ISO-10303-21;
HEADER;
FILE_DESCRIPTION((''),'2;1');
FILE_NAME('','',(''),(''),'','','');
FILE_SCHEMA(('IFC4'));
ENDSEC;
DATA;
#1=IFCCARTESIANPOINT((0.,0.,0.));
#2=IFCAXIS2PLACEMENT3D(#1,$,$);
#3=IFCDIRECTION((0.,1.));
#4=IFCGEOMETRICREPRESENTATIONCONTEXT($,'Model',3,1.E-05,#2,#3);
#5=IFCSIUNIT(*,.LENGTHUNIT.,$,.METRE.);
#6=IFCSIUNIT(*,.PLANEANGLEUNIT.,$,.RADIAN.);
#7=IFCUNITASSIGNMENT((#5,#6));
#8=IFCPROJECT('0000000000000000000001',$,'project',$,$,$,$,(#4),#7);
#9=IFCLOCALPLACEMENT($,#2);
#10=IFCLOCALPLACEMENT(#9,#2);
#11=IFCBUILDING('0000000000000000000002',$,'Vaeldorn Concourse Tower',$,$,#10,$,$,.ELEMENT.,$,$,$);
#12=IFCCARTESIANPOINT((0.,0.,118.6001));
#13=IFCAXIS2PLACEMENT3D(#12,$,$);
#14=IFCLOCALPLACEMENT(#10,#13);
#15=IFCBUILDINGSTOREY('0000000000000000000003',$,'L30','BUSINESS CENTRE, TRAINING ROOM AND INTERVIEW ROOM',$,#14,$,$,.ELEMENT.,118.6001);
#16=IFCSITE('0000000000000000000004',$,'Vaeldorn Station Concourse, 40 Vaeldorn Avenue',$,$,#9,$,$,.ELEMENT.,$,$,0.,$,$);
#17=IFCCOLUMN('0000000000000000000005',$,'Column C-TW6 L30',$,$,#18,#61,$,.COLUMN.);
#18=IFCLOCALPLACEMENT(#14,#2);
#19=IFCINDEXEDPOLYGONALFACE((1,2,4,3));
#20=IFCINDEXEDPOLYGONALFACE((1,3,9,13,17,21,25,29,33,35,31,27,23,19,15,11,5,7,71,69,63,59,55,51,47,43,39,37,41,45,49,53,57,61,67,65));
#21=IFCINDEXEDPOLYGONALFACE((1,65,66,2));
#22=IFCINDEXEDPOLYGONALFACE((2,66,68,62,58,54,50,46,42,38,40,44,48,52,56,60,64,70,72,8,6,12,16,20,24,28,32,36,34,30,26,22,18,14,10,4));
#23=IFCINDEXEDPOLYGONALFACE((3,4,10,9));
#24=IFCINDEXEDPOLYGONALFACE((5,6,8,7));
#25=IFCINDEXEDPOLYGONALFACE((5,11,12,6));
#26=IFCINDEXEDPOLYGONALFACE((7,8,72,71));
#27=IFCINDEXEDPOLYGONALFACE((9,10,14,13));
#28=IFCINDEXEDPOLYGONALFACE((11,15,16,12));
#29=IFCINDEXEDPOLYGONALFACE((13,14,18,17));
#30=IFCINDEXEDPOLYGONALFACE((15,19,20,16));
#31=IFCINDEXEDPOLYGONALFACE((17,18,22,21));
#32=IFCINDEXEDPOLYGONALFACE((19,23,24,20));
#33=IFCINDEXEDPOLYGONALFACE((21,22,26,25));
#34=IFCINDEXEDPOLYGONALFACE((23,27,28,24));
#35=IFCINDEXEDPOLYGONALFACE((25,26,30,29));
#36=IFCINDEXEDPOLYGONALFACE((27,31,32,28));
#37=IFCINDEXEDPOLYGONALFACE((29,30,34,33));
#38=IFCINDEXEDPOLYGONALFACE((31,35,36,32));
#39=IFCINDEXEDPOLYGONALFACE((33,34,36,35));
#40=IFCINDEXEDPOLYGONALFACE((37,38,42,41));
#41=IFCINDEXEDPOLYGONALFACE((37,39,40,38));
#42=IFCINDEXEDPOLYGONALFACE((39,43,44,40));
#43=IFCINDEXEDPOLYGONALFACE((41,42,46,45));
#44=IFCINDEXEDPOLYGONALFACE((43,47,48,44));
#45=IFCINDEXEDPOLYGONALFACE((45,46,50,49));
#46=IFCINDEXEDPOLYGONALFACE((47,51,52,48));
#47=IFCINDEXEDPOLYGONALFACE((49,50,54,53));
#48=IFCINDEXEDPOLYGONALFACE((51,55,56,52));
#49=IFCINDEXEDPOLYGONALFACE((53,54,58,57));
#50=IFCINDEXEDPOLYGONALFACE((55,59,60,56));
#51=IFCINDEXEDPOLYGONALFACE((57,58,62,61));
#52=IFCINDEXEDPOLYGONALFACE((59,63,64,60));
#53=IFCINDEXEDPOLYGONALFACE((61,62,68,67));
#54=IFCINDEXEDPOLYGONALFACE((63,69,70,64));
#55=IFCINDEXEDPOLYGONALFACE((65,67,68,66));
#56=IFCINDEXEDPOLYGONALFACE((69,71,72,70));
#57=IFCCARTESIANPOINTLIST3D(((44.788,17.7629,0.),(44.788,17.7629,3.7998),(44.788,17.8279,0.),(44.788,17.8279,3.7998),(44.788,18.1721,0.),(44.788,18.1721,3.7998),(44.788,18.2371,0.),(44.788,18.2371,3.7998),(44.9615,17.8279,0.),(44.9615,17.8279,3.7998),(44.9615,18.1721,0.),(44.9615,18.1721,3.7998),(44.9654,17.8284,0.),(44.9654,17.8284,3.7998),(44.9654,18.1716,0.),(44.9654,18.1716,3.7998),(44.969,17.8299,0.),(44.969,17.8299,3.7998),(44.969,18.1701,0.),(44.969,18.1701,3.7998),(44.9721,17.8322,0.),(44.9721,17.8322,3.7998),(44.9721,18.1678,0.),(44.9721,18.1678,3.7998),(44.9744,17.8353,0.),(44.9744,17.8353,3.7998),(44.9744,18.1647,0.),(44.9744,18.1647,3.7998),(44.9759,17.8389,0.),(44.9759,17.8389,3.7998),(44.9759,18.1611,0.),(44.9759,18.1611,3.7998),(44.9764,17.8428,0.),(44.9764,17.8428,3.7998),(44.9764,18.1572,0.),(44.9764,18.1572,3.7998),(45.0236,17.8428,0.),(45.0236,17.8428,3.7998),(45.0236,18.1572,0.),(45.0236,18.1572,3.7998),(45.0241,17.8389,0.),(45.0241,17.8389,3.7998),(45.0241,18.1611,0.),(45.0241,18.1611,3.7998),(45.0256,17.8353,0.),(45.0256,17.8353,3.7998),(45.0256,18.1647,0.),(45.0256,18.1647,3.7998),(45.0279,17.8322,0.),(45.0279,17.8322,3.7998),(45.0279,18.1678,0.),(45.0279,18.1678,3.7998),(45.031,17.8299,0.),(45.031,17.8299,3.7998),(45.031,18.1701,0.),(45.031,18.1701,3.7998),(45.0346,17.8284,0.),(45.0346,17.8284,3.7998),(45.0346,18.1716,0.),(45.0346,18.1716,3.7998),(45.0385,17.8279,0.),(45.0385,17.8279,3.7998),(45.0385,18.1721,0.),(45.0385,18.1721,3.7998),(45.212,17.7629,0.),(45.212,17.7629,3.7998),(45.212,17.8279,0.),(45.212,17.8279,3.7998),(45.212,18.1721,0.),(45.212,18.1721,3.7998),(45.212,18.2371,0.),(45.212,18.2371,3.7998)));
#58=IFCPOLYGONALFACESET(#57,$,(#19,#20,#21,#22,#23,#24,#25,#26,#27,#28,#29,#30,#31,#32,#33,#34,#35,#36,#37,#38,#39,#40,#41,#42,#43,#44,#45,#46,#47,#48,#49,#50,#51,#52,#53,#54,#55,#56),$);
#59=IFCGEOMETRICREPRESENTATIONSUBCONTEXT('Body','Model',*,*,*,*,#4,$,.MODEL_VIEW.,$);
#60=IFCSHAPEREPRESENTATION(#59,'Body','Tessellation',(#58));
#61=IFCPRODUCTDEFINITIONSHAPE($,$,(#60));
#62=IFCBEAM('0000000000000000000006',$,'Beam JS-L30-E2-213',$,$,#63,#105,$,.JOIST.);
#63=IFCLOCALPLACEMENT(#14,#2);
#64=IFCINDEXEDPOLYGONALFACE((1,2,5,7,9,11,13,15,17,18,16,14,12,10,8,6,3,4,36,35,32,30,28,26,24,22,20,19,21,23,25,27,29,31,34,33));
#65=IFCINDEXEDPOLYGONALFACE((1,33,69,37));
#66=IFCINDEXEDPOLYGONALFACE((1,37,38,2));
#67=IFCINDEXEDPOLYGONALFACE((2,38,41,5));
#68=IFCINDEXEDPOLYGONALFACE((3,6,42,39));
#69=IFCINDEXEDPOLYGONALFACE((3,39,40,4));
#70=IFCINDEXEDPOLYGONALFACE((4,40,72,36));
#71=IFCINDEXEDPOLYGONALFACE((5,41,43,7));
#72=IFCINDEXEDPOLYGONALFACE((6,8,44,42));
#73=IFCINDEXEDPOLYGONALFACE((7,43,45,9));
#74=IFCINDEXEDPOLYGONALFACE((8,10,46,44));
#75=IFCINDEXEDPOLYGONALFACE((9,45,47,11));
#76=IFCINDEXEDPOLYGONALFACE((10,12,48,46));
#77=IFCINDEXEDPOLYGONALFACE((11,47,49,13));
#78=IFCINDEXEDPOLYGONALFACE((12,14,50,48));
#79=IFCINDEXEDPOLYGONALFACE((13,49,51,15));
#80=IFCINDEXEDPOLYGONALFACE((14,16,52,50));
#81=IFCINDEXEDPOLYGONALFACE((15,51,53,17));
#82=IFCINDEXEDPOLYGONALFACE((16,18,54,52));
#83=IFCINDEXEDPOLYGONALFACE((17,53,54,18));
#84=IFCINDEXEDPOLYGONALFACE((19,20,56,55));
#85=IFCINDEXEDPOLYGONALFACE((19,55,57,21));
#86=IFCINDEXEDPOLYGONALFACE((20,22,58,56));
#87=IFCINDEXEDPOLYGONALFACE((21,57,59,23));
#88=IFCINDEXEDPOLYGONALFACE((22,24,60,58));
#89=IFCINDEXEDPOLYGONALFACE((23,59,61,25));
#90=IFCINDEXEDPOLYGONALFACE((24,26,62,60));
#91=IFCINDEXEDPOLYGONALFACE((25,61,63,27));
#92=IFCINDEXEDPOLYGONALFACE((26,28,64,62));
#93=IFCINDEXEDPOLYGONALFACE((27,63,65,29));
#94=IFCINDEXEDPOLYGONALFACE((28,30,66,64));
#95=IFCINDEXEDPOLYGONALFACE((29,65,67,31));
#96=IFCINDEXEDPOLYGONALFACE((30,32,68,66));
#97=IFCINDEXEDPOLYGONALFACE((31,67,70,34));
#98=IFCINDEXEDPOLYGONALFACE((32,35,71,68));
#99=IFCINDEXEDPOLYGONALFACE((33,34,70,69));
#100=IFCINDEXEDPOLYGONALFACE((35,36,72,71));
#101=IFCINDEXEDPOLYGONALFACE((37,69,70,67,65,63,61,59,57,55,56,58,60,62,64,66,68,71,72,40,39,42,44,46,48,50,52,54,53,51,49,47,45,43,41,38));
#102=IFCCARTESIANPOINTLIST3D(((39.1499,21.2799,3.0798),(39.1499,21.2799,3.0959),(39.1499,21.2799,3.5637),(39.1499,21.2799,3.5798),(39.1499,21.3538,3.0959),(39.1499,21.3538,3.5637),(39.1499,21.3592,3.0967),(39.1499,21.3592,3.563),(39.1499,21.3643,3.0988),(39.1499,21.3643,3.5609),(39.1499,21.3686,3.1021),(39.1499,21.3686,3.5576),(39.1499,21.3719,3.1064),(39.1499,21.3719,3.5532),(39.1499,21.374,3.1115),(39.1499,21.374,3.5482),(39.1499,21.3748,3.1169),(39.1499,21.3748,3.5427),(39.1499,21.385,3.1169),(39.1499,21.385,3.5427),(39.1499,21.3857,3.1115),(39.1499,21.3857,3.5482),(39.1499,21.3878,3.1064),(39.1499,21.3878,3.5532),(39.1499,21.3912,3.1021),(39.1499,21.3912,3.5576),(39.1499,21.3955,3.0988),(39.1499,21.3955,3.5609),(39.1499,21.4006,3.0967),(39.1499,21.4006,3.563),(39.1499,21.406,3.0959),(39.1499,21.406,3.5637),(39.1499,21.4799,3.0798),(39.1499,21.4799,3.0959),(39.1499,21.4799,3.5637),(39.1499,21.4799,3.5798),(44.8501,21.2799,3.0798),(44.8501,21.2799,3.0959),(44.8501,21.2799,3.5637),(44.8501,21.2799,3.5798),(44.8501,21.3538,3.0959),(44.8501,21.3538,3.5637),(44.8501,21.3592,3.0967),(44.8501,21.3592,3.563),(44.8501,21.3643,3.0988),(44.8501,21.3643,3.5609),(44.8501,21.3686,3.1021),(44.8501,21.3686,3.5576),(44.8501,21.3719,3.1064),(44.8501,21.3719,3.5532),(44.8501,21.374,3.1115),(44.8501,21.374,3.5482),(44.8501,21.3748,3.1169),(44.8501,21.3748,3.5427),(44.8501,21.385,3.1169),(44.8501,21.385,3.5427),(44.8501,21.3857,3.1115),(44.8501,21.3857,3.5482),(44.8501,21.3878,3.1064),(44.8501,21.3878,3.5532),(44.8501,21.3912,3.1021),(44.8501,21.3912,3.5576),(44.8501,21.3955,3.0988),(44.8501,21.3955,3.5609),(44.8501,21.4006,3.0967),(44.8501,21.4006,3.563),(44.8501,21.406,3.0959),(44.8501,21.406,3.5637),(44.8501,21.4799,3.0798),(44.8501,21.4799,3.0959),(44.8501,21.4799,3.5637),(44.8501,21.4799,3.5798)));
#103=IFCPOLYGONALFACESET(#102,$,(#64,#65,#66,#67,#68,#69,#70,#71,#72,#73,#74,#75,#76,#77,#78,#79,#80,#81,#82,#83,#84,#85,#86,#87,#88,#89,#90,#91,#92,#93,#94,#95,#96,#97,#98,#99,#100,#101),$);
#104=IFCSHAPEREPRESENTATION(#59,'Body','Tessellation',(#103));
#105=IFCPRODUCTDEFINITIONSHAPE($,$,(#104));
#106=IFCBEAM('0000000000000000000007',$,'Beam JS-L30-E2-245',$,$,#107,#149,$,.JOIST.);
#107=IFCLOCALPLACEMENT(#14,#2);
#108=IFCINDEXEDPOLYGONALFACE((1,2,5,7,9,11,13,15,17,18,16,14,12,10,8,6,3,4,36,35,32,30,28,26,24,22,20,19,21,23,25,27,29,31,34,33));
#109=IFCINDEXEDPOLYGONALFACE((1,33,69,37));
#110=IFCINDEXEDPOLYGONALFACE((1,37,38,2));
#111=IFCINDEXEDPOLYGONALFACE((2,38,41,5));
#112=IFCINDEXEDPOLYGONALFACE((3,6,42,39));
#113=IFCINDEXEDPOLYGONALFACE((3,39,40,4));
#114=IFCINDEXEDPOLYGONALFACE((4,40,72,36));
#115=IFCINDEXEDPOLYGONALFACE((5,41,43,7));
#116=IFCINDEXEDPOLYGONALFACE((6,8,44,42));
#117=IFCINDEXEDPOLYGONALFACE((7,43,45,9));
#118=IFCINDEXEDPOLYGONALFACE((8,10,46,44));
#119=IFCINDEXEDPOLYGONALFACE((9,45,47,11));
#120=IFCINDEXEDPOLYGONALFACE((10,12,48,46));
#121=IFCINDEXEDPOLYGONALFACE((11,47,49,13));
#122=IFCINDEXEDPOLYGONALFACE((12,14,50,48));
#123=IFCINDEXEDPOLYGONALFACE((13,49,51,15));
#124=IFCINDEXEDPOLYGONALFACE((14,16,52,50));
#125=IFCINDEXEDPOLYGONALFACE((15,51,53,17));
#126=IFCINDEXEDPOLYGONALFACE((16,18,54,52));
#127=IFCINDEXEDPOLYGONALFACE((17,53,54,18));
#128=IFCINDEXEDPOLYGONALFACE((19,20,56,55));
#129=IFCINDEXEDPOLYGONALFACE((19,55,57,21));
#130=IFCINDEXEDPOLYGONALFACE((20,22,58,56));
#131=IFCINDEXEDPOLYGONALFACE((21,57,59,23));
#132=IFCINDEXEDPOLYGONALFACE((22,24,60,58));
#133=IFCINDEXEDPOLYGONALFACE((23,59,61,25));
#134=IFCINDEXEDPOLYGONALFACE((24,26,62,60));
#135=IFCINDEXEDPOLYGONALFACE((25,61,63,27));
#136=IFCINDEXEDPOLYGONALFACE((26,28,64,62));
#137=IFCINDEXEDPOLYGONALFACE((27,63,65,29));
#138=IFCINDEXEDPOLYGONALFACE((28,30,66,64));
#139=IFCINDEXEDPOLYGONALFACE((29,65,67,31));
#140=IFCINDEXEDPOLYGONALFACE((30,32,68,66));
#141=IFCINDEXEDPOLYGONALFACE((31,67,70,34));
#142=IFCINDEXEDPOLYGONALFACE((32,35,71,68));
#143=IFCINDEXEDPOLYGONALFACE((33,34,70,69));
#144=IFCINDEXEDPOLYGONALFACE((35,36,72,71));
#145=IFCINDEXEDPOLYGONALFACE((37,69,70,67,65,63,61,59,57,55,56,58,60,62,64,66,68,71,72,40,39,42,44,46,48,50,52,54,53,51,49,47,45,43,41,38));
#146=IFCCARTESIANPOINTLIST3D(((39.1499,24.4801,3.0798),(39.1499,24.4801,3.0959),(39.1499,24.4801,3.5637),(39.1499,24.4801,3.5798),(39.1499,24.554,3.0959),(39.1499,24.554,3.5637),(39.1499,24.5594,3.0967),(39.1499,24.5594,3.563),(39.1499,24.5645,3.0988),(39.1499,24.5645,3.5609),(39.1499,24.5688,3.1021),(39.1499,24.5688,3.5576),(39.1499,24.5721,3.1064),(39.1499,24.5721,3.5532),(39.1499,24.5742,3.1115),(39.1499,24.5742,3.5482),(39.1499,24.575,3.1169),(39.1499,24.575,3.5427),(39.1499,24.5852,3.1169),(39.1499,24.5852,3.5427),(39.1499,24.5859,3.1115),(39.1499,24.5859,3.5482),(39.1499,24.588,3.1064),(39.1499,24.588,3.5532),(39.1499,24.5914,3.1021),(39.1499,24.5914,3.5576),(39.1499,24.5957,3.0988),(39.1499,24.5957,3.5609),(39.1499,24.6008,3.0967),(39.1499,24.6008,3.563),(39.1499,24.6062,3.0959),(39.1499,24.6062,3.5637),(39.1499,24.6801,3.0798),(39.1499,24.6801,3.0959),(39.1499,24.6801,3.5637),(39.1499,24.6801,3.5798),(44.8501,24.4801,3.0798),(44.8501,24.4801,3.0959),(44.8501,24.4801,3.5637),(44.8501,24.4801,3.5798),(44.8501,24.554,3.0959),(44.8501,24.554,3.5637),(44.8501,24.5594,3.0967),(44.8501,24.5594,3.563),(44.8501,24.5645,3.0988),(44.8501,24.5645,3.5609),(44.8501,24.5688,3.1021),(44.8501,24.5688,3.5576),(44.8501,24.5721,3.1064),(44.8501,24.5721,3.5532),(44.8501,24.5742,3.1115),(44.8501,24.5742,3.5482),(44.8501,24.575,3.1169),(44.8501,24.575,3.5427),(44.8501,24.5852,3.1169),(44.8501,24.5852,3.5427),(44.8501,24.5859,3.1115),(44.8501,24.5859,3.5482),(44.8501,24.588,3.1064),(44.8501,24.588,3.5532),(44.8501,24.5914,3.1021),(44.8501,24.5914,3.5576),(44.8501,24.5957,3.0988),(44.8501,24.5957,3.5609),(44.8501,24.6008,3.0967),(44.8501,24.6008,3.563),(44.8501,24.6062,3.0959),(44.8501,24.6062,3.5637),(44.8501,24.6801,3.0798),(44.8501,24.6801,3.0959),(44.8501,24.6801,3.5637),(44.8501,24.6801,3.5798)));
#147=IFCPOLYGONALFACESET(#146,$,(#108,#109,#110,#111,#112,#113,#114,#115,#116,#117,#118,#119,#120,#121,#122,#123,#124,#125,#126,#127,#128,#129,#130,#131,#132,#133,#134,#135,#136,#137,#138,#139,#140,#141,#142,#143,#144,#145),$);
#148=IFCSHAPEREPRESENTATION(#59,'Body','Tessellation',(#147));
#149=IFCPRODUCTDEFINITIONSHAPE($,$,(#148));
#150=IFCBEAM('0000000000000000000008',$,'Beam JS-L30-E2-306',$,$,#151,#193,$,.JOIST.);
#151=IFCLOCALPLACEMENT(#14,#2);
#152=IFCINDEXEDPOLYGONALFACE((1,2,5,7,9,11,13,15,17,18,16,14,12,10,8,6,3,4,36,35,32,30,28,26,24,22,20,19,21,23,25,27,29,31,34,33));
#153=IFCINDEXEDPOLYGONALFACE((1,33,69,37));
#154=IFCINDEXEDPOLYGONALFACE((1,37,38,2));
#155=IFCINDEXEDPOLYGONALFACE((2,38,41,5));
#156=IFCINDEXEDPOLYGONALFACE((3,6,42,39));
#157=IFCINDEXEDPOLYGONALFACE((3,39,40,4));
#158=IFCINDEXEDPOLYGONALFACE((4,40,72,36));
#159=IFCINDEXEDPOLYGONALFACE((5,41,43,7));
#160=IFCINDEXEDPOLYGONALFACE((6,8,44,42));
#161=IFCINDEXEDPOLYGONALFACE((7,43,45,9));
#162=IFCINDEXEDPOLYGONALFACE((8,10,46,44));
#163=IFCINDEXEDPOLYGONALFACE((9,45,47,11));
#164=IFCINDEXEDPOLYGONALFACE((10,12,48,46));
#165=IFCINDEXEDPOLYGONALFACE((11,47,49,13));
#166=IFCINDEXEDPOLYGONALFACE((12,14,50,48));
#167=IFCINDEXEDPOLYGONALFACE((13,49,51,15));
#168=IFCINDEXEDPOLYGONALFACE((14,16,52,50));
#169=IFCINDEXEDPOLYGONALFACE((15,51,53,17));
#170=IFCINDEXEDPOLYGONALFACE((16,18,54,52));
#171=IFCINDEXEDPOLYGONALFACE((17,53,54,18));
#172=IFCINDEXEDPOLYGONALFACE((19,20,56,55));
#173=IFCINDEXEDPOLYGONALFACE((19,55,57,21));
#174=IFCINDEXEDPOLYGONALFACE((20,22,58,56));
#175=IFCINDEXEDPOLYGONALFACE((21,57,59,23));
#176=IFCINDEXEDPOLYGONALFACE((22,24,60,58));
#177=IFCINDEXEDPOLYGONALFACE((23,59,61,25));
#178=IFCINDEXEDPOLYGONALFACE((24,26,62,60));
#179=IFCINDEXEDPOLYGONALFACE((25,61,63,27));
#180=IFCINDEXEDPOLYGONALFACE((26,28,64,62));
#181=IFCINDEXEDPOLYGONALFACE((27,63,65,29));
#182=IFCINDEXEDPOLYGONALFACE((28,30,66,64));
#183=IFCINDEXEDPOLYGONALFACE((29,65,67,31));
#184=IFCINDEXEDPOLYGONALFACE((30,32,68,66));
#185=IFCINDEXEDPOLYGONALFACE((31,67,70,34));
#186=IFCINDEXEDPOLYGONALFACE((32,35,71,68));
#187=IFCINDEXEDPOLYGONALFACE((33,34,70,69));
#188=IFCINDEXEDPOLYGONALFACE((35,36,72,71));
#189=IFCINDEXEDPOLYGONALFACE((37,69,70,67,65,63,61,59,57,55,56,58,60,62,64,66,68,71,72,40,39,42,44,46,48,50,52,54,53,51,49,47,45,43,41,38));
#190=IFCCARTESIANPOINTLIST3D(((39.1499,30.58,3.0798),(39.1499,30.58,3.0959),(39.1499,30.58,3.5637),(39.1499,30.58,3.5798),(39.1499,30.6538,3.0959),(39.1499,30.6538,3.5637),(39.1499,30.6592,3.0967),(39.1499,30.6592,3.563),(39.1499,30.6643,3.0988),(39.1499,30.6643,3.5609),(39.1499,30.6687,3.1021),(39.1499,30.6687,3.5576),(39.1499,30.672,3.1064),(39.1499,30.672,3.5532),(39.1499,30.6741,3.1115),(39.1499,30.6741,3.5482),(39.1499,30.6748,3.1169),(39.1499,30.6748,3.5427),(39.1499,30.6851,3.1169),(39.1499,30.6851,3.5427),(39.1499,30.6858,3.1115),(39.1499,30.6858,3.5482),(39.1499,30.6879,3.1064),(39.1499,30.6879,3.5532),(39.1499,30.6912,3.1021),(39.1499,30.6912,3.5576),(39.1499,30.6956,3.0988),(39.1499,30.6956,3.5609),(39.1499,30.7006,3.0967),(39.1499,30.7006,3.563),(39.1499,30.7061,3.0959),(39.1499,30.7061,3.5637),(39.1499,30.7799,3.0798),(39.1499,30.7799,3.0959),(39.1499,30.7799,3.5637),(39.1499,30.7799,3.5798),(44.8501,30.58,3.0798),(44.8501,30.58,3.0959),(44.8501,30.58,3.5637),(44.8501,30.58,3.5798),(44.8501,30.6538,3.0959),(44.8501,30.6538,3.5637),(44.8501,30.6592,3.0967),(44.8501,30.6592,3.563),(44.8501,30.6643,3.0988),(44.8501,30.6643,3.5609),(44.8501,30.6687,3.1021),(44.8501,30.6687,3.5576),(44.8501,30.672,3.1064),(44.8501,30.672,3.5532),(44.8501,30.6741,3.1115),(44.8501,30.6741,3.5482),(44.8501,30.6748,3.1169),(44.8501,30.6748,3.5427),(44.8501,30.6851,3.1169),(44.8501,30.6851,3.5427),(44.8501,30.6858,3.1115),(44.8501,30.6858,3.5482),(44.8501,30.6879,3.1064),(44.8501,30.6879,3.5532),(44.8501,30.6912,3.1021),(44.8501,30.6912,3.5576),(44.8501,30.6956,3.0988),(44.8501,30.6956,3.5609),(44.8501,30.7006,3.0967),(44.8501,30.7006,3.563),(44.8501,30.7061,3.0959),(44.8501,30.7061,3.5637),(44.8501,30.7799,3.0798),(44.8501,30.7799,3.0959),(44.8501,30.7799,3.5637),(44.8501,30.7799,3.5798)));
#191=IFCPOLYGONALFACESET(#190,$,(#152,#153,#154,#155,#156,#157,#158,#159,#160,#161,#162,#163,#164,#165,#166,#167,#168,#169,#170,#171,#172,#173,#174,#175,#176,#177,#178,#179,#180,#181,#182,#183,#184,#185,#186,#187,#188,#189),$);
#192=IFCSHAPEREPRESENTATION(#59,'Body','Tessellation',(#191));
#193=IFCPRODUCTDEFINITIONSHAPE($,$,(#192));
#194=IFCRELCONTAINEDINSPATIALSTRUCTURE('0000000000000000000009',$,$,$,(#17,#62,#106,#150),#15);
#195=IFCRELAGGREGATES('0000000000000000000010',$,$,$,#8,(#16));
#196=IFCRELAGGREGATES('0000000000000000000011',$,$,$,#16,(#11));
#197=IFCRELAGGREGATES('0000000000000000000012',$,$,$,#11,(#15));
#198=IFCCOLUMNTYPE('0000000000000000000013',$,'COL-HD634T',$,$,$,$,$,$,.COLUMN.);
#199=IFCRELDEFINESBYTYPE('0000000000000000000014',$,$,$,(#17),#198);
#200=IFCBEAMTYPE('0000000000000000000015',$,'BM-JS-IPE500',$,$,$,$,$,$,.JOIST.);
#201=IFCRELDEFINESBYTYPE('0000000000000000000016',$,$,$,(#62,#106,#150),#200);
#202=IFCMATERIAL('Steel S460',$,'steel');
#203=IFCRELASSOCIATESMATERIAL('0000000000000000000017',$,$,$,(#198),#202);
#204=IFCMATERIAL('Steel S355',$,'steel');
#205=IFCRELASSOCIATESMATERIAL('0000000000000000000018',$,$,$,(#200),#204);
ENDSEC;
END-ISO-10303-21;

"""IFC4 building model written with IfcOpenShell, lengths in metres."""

from ifc_helpers import new_model, si_unit, direction, frame, origin, origin_2d, place, context, subcontext, project, spatial, i_section, extrude, source, transform, mapped, material, material_profile, profile_set, type_object, element, save


model = new_model("IFC4")

# Units and contexts
model_context = context("Model", 3, precision=1e-05, world=origin(), true_north=direction((0.0, 1.0)))
body_context = subcontext(model_context, "Body", "Model", "MODEL_VIEW")
ifc_project = project(units=[si_unit("LENGTHUNIT", "METRE"), si_unit("PLANEANGLEUNIT", "RADIAN")], contexts=[model_context])

# Site, building, storey
site_placement = place(None, origin())
site = spatial("IfcSite", under=ifc_project, at=site_placement, Name="Vaeldorn Station Concourse, 40 Vaeldorn Avenue", CompositionType="ELEMENT", RefElevation=0.0)
building_placement = place(site_placement, origin())
building = spatial("IfcBuilding", under=site, at=building_placement, Name="Vaeldorn Concourse Tower", CompositionType="ELEMENT")
storey_placement = place(building_placement, frame((0.0, 0.0, 118.6001)))
storey = spatial("IfcBuildingStorey", under=building, at=storey_placement, Name="L30", Description="BUSINESS CENTRE, TRAINING ROOM AND INTERVIEW ROOM", CompositionType="ELEMENT", Elevation=118.6001)

# Column
ifc_material_1 = material(Name="Steel S460", Category="steel")
ifc_material_profile_1 = material_profile(ifc_material_1, i_section(OverallWidth=0.4241, OverallDepth=0.4741, WebThickness=0.0471, FlangeThickness=0.0649, FilletRadius=0.0149, at=origin_2d()), Name="HD 400x634")
ifc_profile_set_1 = profile_set([ifc_material_profile_1], Name="Steel S460")
column_type_1 = type_object("IfcColumnType", Name="COL-HD634T", PredefinedType="COLUMN", material=ifc_profile_set_1)
shared_shape_1 = source(origin(), body_context, "Body", "SweptSolid", [
    extrude(i_section(OverallWidth=0.4241, OverallDepth=0.4741, WebThickness=0.0471, FlangeThickness=0.0649, FilletRadius=0.0149, at=origin_2d()), origin(), (0.0, 0.0, 1.0), 3.7998),
])
for number, where, z_axis, x_axis, name in (
    (1, (45.0, 18.0, 0.0), (0.0, 0.0, 1.0), (1.0, 0.0, 0.0), "Column C-TW6 L30"),
):
    element("IfcColumn", number, at=place(storey_placement, frame(where, z_axis=z_axis, x_axis=x_axis)), inside=storey, type_object=column_type_1, Name=name, PredefinedType="COLUMN", context=body_context, shape_type="MappedRepresentation", body=[
        mapped(shared_shape_1, transform((0.0, 0.0, 0.0), scale=1.0)),
    ])

# Beams
ifc_material_2 = material(Name="Steel S355", Category="steel")
ifc_material_profile_2 = material_profile(ifc_material_2, i_section(OverallWidth=0.2, OverallDepth=0.5, WebThickness=0.0103, FlangeThickness=0.0161, FilletRadius=0.021, at=origin_2d()), Name="IPE 500")
ifc_profile_set_2 = profile_set([ifc_material_profile_2], Name="Steel S355")
beam_type_1 = type_object("IfcBeamType", Name="BM-JS-IPE500", PredefinedType="JOIST", material=ifc_profile_set_2)
shared_shape_2 = source(origin(), body_context, "Body", "SweptSolid", [
    extrude(i_section(OverallWidth=0.2, OverallDepth=0.5, WebThickness=0.0103, FlangeThickness=0.0161, FilletRadius=0.021, at=origin_2d()), origin(), (0.0, 0.0, 1.0), 5.7002),
])
for number, where, z_axis, x_axis, name in (
    (2, (39.1499, 21.3799, 3.3298), (1.0, 0.0, 0.0), (0.0, 1.0, 0.0), "Beam JS-L30-E2-213"),
    (3, (39.1499, 24.5801, 3.3298), (1.0, 0.0, 0.0), (0.0, 1.0, 0.0), "Beam JS-L30-E2-245"),
    (4, (39.1499, 30.6799, 3.3298), (1.0, 0.0, 0.0), (0.0, 1.0, 0.0), "Beam JS-L30-E2-306"),
):
    element("IfcBeam", number, at=place(storey_placement, frame(where, z_axis=z_axis, x_axis=x_axis)), inside=storey, type_object=beam_type_1, Name=name, PredefinedType="JOIST", context=body_context, shape_type="MappedRepresentation", body=[
        mapped(shared_shape_2, transform((0.0, 0.0, 0.0), scale=1.0)),
    ])

save(model, "model.ifc")
